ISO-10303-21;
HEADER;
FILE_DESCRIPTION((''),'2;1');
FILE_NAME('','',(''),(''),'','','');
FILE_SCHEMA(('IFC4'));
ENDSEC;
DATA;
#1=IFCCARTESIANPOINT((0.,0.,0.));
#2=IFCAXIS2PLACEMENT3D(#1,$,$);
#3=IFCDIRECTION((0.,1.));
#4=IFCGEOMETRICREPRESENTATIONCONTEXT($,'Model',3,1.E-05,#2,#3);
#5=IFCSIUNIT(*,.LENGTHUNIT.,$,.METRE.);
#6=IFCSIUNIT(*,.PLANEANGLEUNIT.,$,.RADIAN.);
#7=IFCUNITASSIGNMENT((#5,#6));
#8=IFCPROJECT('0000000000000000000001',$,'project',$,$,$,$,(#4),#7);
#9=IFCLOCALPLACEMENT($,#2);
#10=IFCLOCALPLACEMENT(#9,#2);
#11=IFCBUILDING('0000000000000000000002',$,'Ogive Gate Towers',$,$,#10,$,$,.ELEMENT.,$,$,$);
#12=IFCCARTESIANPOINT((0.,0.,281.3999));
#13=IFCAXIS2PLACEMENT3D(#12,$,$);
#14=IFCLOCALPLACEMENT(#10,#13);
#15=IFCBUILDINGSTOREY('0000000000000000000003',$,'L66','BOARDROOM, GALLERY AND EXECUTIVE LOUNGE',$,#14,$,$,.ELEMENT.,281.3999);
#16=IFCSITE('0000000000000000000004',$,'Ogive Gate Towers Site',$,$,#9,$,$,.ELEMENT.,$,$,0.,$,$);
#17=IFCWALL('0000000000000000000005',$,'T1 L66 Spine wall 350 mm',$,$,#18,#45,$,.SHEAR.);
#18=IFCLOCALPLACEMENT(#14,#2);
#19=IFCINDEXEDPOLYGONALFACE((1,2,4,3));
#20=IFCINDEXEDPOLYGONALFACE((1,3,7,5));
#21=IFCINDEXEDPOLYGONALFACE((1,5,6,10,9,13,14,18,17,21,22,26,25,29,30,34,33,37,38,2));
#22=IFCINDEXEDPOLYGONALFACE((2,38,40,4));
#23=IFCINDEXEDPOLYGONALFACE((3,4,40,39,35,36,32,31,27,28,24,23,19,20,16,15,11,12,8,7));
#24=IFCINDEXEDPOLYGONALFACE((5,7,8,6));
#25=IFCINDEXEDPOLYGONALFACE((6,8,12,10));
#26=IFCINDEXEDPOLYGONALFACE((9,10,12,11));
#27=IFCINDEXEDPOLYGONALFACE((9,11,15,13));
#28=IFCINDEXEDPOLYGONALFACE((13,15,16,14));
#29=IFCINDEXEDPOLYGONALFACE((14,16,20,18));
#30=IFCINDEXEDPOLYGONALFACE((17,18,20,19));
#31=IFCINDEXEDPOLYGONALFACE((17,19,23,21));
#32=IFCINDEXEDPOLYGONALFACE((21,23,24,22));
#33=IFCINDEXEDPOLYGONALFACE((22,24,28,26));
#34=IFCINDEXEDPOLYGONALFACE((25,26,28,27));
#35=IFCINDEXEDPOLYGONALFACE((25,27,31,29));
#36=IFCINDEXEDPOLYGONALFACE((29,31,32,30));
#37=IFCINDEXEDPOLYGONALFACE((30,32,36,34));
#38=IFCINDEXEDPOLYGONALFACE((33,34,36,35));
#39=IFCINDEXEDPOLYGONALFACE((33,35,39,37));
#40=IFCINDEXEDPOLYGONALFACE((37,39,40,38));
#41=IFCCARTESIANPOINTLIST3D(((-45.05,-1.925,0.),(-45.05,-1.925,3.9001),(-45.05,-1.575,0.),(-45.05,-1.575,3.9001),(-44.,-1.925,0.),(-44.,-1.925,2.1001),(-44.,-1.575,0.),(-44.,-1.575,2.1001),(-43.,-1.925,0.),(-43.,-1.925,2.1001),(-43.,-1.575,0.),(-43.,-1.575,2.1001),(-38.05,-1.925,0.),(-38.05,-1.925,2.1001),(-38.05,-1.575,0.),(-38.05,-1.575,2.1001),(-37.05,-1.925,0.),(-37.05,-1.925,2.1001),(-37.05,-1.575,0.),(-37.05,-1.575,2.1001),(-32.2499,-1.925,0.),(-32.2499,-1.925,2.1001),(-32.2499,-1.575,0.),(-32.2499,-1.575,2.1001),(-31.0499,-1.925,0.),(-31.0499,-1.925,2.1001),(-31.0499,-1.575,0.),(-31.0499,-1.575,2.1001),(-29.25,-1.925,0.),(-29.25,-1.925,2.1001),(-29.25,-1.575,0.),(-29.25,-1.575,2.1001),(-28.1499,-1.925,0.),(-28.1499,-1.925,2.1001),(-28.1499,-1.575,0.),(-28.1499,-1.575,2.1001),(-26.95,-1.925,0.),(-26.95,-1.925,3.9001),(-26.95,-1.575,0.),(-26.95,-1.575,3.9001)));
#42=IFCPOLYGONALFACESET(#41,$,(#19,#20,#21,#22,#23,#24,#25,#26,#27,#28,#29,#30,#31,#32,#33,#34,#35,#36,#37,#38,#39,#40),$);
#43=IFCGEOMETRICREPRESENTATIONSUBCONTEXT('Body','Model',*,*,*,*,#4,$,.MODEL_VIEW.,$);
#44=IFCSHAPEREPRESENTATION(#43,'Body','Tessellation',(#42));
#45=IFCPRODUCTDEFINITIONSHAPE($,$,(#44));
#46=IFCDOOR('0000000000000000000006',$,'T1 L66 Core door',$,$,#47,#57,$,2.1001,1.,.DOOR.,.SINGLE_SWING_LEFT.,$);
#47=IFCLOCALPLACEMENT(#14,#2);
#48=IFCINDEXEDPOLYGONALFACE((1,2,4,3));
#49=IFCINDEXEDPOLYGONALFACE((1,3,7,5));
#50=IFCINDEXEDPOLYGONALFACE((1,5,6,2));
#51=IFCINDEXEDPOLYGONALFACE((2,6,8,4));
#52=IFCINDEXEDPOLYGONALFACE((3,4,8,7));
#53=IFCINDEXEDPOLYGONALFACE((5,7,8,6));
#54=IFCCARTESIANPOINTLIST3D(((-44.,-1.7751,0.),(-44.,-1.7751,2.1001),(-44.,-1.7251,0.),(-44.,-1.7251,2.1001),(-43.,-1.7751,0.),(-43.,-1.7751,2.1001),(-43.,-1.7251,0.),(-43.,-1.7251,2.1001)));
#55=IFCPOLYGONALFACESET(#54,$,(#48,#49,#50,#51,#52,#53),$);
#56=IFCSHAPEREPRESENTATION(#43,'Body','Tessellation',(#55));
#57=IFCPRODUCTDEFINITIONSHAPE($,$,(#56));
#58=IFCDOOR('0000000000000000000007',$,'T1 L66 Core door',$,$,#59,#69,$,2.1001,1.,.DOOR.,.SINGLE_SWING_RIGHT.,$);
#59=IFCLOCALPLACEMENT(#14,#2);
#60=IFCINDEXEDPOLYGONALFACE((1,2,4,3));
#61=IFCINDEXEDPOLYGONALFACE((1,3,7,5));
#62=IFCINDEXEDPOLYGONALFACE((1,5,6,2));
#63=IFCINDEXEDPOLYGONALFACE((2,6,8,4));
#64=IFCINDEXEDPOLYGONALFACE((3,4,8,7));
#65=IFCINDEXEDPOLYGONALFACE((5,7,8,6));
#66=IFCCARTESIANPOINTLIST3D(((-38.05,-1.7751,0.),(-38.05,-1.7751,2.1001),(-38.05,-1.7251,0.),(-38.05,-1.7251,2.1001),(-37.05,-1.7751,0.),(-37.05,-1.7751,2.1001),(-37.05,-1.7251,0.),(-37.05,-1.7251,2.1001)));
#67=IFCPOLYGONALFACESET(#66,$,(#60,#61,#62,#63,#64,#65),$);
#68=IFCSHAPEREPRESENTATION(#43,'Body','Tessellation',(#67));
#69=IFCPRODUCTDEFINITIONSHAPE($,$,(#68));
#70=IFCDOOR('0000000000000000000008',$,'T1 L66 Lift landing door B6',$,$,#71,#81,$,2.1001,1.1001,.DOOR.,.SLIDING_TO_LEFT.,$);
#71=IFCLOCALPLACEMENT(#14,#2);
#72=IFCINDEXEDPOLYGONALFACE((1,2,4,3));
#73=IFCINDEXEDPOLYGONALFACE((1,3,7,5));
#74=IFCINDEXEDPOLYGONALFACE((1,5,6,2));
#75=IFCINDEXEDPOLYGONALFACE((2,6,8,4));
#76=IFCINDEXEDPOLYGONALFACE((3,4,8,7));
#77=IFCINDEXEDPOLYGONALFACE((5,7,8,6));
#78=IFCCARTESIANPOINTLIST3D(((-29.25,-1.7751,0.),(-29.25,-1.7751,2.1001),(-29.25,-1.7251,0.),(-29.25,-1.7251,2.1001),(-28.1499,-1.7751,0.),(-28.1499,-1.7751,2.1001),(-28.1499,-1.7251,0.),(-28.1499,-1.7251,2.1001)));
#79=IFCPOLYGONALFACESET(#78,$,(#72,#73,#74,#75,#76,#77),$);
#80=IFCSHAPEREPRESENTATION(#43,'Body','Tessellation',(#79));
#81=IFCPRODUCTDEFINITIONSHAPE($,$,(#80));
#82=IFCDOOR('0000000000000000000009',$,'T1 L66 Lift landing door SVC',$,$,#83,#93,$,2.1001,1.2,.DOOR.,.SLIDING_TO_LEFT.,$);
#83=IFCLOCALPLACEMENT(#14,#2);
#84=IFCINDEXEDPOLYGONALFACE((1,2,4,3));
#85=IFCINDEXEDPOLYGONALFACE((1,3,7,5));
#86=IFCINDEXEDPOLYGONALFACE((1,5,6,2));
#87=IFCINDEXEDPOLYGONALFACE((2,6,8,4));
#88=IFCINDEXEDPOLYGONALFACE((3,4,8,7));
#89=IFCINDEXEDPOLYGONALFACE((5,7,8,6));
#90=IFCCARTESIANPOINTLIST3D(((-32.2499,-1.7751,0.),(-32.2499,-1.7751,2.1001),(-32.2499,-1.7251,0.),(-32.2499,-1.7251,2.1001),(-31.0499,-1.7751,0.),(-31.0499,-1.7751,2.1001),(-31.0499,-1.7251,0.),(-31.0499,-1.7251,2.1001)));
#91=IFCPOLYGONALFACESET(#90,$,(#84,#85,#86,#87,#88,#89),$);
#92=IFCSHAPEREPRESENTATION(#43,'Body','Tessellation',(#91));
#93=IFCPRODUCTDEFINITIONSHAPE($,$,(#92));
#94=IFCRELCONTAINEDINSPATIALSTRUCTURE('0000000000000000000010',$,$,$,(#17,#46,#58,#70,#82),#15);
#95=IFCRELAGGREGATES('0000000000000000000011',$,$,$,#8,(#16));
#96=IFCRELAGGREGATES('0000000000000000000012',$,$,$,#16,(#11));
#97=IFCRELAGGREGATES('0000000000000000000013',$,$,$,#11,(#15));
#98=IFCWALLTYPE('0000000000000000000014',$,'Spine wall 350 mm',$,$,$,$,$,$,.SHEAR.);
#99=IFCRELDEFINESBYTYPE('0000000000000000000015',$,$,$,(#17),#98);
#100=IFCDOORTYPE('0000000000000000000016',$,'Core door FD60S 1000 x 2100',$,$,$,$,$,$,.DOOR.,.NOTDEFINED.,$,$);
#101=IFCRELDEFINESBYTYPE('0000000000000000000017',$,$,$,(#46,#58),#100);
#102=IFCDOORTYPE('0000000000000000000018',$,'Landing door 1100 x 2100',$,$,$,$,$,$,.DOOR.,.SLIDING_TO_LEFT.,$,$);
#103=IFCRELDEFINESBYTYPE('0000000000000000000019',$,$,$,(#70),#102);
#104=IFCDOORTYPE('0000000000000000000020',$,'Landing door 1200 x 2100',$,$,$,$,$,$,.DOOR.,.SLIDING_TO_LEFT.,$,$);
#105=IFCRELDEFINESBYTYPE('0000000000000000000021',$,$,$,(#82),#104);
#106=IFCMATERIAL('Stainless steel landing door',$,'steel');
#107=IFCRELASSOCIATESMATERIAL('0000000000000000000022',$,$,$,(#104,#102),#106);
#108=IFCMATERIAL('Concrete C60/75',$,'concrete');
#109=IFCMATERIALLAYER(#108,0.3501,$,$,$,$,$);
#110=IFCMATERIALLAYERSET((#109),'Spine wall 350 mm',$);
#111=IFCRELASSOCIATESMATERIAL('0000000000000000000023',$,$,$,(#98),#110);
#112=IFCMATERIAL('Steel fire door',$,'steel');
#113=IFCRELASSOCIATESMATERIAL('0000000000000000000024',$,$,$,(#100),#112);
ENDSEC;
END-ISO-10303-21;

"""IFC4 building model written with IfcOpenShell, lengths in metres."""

from ifc_helpers import new_model, si_unit, direction, frame, frame_2d, origin, place, context, subcontext, project, spatial, rectangle, extrude, material, layer, layer_set, type_object, element, fill, save


model = new_model("IFC4")

# Units and contexts
model_context = context("Model", 3, precision=1e-05, world=origin(), true_north=direction((0.0, 1.0)))
body_context = subcontext(model_context, "Body", "Model", "MODEL_VIEW")
ifc_project = project(units=[si_unit("LENGTHUNIT", "METRE"), si_unit("PLANEANGLEUNIT", "RADIAN")], contexts=[model_context])

# Site, building, storey
site_placement = place(None, origin())
site = spatial("IfcSite", under=ifc_project, at=site_placement, Name="Ogive Gate Towers Site", CompositionType="ELEMENT", RefElevation=0.0)
building_placement = place(site_placement, origin())
building = spatial("IfcBuilding", under=site, at=building_placement, Name="Ogive Gate Towers", CompositionType="ELEMENT")
storey_placement = place(building_placement, frame((0.0, 0.0, 281.3999)))
storey = spatial("IfcBuildingStorey", under=building, at=storey_placement, Name="L66", Description="BOARDROOM, GALLERY AND EXECUTIVE LOUNGE", CompositionType="ELEMENT", Elevation=281.3999)

# Shared definitions
ifc_material_1 = material(Name="Concrete C60/75", Category="concrete")
ifc_material_2 = material(Name="Steel fire door", Category="steel")

# Shared definitions
ifc_material_3 = material(Name="Stainless steel landing door", Category="steel")
door_type_1 = type_object("IfcDoorType", Name="Landing door 1200 x 2100", OperationType="SLIDING_TO_LEFT", PredefinedType="DOOR", material=ifc_material_3)

# Wall, openings, doors
ifc_layer_1 = layer(ifc_material_1, 0.3501)
ifc_layer_set_1 = layer_set([ifc_layer_1], Name="Spine wall 350 mm")
wall_type_1 = type_object("IfcWallType", Name="Spine wall 350 mm", PredefinedType="SHEAR", material=ifc_layer_set_1)
wall_1_placement = place(storey_placement, frame((-45.05, -1.75, 0.0), z_axis=(0.0, 0.0, 1.0), x_axis=(1.0, 0.0, 0.0)))
wall_1 = element("IfcWall", 1, at=wall_1_placement, inside=storey, type_object=wall_type_1, Name="T1 L66 Spine wall 350 mm", PredefinedType="SHEAR", context=body_context, shape_type="SweptSolid", body=[
    extrude(rectangle(XDim=18.1001, YDim=0.3501, at=frame_2d((9.05, 0.0))), origin(), (0.0, 0.0, 1.0), 3.9001),
])
opening_1_placement = place(wall_1_placement, frame((12.8, 0.0, 0.0)))
opening_1 = element("IfcOpeningElement", 2, at=opening_1_placement, cuts=wall_1, PredefinedType="OPENING", context=body_context, shape_type="SweptSolid", body=[
    extrude(rectangle(XDim=1.2, YDim=2.1001, at=frame_2d((0.6001, 1.05))), frame((0.0, 0.1851, 0.0), z_axis=(0.0, -1.0, 0.0), x_axis=(1.0, 0.0, 0.0)), (0.0, 0.0, 1.0), 0.3701),
])
opening_2_placement = place(wall_1_placement, frame((15.8, 0.0, 0.0)))
opening_2 = element("IfcOpeningElement", 3, at=opening_2_placement, cuts=wall_1, PredefinedType="OPENING", context=body_context, shape_type="SweptSolid", body=[
    extrude(rectangle(XDim=1.1001, YDim=2.1001, at=frame_2d((0.55, 1.05))), frame((0.0, 0.1851, 0.0), z_axis=(0.0, -1.0, 0.0), x_axis=(1.0, 0.0, 0.0)), (0.0, 0.0, 1.0), 0.3701),
])
opening_3_placement = place(wall_1_placement, frame((1.05, 0.0, 0.0)))
opening_3 = element("IfcOpeningElement", 4, at=opening_3_placement, cuts=wall_1, PredefinedType="OPENING", context=body_context, shape_type="SweptSolid", body=[
    extrude(rectangle(XDim=1.0, YDim=2.1001, at=frame_2d((0.5, 1.05))), frame((0.0, 0.1851, 0.0), z_axis=(0.0, -1.0, 0.0), x_axis=(1.0, 0.0, 0.0)), (0.0, 0.0, 1.0), 0.3701),
])
opening_4_placement = place(wall_1_placement, frame((7.0, 0.0, 0.0)))
opening_4 = element("IfcOpeningElement", 5, at=opening_4_placement, cuts=wall_1, PredefinedType="OPENING", context=body_context, shape_type="SweptSolid", body=[
    extrude(rectangle(XDim=1.0, YDim=2.1001, at=frame_2d((0.5, 1.05))), frame((0.0, 0.1851, 0.0), z_axis=(0.0, -1.0, 0.0), x_axis=(1.0, 0.0, 0.0)), (0.0, 0.0, 1.0), 0.3701),
])
door_type_2 = type_object("IfcDoorType", Name="Core door FD60S 1000 x 2100", OperationType="NOTDEFINED", PredefinedType="DOOR", material=ifc_material_2)
door_1_placement = place(opening_3_placement, origin())
door_1 = element("IfcDoor", 6, at=door_1_placement, inside=storey, type_object=door_type_2, Name="T1 L66 Core door", OperationType="SINGLE_SWING_LEFT", OverallHeight=2.1001, OverallWidth=1.0, PredefinedType="DOOR", context=body_context, shape_type="SweptSolid", body=[
    extrude(rectangle(XDim=1.0, YDim=2.1001, at=frame_2d((0.5, 1.05))), frame((0.0, 0.0249, 0.0), z_axis=(0.0, -1.0, 0.0), x_axis=(1.0, 0.0, 0.0)), (0.0, 0.0, 1.0), 0.05),
])
fill(opening_3, door_1)
door_2_placement = place(opening_4_placement, origin())
door_2 = element("IfcDoor", 7, at=door_2_placement, inside=storey, type_object=door_type_2, Name="T1 L66 Core door", OperationType="SINGLE_SWING_RIGHT", OverallHeight=2.1001, OverallWidth=1.0, PredefinedType="DOOR", context=body_context, shape_type="SweptSolid", body=[
    extrude(rectangle(XDim=1.0, YDim=2.1001, at=frame_2d((0.5, 1.05))), frame((0.0, 0.0249, 0.0), z_axis=(0.0, -1.0, 0.0), x_axis=(1.0, 0.0, 0.0)), (0.0, 0.0, 1.0), 0.05),
])
fill(opening_4, door_2)
door_type_3 = type_object("IfcDoorType", Name="Landing door 1100 x 2100", OperationType="SLIDING_TO_LEFT", PredefinedType="DOOR", material=ifc_material_3)
door_3_placement = place(opening_2_placement, origin())
door_3 = element("IfcDoor", 8, at=door_3_placement, inside=storey, type_object=door_type_3, Name="T1 L66 Lift landing door B6", OperationType="SLIDING_TO_LEFT", OverallHeight=2.1001, OverallWidth=1.1001, PredefinedType="DOOR", context=body_context, shape_type="SweptSolid", body=[
    extrude(rectangle(XDim=1.1001, YDim=2.1001, at=frame_2d((0.55, 1.05))), frame((0.0, 0.0249, 0.0), z_axis=(0.0, -1.0, 0.0), x_axis=(1.0, 0.0, 0.0)), (0.0, 0.0, 1.0), 0.05),
])
fill(opening_2, door_3)
door_4_placement = place(opening_1_placement, origin())
door_4 = element("IfcDoor", 9, at=door_4_placement, inside=storey, type_object=door_type_1, Name="T1 L66 Lift landing door SVC", OperationType="SLIDING_TO_LEFT", OverallHeight=2.1001, OverallWidth=1.2, PredefinedType="DOOR", context=body_context, shape_type="SweptSolid", body=[
    extrude(rectangle(XDim=1.2, YDim=2.1001, at=frame_2d((0.6001, 1.05))), frame((0.0, 0.0249, 0.0), z_axis=(0.0, -1.0, 0.0), x_axis=(1.0, 0.0, 0.0)), (0.0, 0.0, 1.0), 0.05),
])
fill(opening_1, door_4)

save(model, "model.ifc")
